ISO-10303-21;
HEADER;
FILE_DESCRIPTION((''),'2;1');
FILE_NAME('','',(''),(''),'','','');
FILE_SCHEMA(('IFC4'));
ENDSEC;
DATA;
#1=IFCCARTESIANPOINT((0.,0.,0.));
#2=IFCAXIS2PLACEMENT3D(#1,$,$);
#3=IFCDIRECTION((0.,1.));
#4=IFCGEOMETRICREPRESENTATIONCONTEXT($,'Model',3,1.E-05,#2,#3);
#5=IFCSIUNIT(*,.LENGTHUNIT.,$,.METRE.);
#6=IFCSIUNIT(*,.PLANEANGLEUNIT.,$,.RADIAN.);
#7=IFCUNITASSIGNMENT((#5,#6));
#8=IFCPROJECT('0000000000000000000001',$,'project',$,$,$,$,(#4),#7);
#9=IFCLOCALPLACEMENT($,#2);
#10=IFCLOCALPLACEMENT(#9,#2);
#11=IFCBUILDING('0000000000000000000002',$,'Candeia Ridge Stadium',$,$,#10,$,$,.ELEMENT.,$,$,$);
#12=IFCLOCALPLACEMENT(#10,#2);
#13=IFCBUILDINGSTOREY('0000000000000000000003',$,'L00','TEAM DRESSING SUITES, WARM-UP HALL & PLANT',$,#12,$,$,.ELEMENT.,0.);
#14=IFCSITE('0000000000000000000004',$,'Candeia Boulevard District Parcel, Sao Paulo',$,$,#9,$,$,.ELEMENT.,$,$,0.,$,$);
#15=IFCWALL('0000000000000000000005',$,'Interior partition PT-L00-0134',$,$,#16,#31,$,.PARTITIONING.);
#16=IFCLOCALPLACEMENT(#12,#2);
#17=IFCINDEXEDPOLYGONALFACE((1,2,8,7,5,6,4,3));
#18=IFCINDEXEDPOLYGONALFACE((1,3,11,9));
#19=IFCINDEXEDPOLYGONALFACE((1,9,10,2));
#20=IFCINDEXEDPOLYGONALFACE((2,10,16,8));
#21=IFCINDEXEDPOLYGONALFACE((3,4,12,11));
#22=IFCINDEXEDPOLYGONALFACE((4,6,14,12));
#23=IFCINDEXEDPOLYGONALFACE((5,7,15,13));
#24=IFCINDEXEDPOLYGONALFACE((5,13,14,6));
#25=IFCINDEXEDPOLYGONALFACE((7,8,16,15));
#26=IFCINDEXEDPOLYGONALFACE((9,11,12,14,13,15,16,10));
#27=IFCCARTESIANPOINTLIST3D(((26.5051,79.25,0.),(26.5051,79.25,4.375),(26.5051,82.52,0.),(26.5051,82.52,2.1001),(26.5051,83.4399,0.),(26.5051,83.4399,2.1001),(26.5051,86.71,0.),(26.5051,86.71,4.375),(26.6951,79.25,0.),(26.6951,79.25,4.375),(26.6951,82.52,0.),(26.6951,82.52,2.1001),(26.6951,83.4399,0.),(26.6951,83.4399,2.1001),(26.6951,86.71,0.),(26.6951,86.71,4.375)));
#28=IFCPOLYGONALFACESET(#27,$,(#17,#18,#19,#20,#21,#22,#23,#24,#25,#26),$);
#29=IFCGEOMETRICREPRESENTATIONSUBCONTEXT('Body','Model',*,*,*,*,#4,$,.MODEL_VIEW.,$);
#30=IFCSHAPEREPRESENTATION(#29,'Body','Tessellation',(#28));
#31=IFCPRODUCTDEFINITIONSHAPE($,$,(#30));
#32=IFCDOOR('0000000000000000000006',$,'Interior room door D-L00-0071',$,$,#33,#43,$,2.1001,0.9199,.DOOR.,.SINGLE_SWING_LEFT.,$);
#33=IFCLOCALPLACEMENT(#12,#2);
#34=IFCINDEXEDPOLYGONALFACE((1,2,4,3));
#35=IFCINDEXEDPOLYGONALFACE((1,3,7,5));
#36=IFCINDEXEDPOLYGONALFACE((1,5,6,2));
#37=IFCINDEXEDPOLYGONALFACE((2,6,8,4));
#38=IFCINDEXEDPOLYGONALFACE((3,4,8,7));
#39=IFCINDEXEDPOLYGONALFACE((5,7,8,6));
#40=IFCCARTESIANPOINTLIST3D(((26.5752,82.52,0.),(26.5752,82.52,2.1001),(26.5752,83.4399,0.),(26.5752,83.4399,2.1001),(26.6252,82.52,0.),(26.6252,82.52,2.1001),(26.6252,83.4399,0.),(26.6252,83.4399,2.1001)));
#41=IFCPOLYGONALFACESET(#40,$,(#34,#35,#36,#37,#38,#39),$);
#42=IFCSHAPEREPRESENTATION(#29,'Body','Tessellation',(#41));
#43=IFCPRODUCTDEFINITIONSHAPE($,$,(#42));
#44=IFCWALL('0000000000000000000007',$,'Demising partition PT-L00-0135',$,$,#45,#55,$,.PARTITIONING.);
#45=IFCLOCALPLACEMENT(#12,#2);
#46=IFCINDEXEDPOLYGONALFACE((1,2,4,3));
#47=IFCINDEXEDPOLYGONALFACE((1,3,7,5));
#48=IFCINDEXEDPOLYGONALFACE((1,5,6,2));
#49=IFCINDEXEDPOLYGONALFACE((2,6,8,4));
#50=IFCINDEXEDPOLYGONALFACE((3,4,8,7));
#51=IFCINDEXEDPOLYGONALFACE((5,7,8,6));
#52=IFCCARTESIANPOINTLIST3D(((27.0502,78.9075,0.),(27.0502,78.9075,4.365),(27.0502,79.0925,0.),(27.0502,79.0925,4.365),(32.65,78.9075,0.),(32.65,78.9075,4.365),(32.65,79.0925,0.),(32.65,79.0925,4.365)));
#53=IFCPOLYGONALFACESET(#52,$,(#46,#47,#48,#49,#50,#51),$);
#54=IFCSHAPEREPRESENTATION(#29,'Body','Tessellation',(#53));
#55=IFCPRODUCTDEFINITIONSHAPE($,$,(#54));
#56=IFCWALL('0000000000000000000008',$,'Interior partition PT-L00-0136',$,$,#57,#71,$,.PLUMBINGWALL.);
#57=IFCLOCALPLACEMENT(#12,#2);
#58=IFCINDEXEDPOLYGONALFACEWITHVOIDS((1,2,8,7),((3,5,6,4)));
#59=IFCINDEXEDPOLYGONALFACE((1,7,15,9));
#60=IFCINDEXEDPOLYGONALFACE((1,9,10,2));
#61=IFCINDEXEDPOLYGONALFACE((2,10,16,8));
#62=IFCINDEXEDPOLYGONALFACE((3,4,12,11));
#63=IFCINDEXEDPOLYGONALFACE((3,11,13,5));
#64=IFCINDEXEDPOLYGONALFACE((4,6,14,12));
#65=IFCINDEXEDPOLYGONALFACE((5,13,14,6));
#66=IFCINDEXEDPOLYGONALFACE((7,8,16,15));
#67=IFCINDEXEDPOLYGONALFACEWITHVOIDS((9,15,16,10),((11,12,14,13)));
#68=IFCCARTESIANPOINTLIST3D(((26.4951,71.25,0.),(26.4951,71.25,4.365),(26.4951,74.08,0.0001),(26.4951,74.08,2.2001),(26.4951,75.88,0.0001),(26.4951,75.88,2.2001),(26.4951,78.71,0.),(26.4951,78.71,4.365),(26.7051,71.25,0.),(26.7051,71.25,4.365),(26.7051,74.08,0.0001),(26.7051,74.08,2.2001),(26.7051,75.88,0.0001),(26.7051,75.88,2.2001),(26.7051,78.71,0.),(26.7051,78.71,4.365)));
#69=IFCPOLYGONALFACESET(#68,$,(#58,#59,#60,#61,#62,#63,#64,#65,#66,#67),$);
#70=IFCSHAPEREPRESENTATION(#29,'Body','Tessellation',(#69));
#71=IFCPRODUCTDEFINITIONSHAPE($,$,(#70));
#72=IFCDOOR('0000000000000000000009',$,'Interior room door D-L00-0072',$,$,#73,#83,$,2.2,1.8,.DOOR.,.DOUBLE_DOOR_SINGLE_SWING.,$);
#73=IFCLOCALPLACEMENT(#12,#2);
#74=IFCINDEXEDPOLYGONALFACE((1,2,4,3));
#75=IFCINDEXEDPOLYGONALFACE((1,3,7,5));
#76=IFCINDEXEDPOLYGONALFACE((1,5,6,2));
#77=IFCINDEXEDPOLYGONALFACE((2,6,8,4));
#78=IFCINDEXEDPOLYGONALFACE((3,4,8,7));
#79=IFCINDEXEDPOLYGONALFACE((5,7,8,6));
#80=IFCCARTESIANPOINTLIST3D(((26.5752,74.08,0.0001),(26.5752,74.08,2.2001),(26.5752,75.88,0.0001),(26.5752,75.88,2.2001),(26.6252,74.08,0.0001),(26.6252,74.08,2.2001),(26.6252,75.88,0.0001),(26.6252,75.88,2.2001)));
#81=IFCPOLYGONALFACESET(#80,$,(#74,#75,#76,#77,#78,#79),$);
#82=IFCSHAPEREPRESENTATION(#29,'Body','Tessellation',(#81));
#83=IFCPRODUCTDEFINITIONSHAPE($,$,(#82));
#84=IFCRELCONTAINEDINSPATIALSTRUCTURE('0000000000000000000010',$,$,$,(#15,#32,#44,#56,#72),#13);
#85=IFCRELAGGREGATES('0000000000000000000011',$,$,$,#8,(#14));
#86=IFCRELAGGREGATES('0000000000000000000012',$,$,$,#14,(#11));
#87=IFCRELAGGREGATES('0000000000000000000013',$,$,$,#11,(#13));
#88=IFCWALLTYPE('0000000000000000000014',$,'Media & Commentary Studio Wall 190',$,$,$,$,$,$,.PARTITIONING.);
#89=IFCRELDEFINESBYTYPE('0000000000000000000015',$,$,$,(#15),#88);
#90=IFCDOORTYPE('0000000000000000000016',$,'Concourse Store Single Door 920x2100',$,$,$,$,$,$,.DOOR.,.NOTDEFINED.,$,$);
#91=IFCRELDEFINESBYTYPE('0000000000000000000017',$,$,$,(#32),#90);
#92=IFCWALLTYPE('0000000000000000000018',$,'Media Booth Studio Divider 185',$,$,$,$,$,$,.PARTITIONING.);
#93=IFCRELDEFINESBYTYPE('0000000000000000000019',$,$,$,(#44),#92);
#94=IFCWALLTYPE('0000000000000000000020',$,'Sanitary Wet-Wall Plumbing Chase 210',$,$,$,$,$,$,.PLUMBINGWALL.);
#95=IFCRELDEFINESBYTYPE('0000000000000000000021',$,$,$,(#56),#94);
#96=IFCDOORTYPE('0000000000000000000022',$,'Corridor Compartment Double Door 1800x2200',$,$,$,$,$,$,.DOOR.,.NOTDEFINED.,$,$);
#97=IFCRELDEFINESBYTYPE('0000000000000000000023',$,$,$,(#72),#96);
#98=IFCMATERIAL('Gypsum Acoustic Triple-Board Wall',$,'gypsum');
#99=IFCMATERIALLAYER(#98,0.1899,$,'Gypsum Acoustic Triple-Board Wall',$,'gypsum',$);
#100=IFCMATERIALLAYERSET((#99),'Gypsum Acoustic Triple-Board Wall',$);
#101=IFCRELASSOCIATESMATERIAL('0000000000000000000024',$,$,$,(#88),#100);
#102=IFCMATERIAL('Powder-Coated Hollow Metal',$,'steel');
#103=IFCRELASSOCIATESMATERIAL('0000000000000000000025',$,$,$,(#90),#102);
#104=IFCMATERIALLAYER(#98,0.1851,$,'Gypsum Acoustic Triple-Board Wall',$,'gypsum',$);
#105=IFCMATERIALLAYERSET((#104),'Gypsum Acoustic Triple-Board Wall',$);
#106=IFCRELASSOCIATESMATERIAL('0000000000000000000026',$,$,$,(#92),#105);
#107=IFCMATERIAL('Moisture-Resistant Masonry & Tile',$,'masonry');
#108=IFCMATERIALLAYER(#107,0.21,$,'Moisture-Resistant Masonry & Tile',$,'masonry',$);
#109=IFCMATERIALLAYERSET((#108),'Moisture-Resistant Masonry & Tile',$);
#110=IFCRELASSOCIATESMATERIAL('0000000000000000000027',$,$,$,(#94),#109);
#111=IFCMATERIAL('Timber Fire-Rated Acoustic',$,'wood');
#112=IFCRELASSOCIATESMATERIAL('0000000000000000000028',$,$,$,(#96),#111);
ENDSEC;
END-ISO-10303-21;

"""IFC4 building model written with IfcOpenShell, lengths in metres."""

from ifc_helpers import new_model, si_unit, direction, frame, frame_2d, origin, place, context, subcontext, project, spatial, rectangle, extrude, material, layer, layer_set, type_object, element, fill, save


model = new_model("IFC4")

# Units and contexts
model_context = context("Model", 3, precision=1e-05, world=origin(), true_north=direction((0.0, 1.0)))
body_context = subcontext(model_context, "Body", "Model", "MODEL_VIEW")
ifc_project = project(units=[si_unit("LENGTHUNIT", "METRE"), si_unit("PLANEANGLEUNIT", "RADIAN")], contexts=[model_context])

# Site, building, storey
site_placement = place(None, origin())
site = spatial("IfcSite", under=ifc_project, at=site_placement, Name="Candeia Boulevard District Parcel, Sao Paulo", CompositionType="ELEMENT", RefElevation=0.0)
building_placement = place(site_placement, origin())
building = spatial("IfcBuilding", under=site, at=building_placement, Name="Candeia Ridge Stadium", CompositionType="ELEMENT")
storey_placement = place(building_placement, origin())
storey = spatial("IfcBuildingStorey", under=building, at=storey_placement, Name="L00", Description="TEAM DRESSING SUITES, WARM-UP HALL & PLANT", CompositionType="ELEMENT", Elevation=0.0)

# Wall, opening, door
ifc_material_1 = material(Name="Gypsum Acoustic Triple-Board Wall", Category="gypsum")
ifc_layer_1 = layer(ifc_material_1, 0.1899, Name="Gypsum Acoustic Triple-Board Wall", Category="gypsum")
ifc_layer_set_1 = layer_set([ifc_layer_1], Name="Gypsum Acoustic Triple-Board Wall")
wall_type_1 = type_object("IfcWallType", Name="Media & Commentary Studio Wall 190", PredefinedType="PARTITIONING", material=ifc_layer_set_1)
wall_1_placement = place(storey_placement, frame((26.6001, 79.25, 0.0), z_axis=(0.0, 0.0, 1.0), x_axis=(0.0, 1.0, 0.0)))
wall_1 = element("IfcWall", 1, at=wall_1_placement, inside=storey, type_object=wall_type_1, Name="Interior partition PT-L00-0134", PredefinedType="PARTITIONING", context=body_context, shape_type="SweptSolid", body=[
    extrude(rectangle(XDim=7.46, YDim=0.1899, at=frame_2d((3.73, 0.0))), origin(), (0.0, 0.0, 1.0), 4.375),
])
opening_1_placement = place(wall_1_placement, frame((3.27, 0.0, 0.0)))
opening_1 = element("IfcOpeningElement", 2, at=opening_1_placement, cuts=wall_1, PredefinedType="OPENING", context=body_context, shape_type="SweptSolid", body=[
    extrude(rectangle(XDim=0.9199, YDim=2.1001, at=frame_2d((0.46, 1.05))), frame((0.0, 0.105, 0.0), z_axis=(0.0, -1.0, 0.0), x_axis=(1.0, 0.0, 0.0)), (0.0, 0.0, 1.0), 0.21),
])
ifc_material_2 = material(Name="Powder-Coated Hollow Metal", Category="steel")
door_type_1 = type_object("IfcDoorType", Name="Concourse Store Single Door 920x2100", OperationType="NOTDEFINED", PredefinedType="DOOR", material=ifc_material_2)
door_1_placement = place(opening_1_placement, origin())
door_1 = element("IfcDoor", 3, at=door_1_placement, inside=storey, type_object=door_type_1, Name="Interior room door D-L00-0071", OperationType="SINGLE_SWING_LEFT", OverallHeight=2.1001, OverallWidth=0.9199, PredefinedType="DOOR", context=body_context, shape_type="SweptSolid", body=[
    extrude(rectangle(XDim=0.9199, YDim=2.1001, at=frame_2d((0.46, 1.05))), frame((0.0, 0.0249, 0.0), z_axis=(0.0, -1.0, 0.0), x_axis=(1.0, 0.0, 0.0)), (0.0, 0.0, 1.0), 0.05),
])
fill(opening_1, door_1)

# Wall
ifc_layer_2 = layer(ifc_material_1, 0.1851, Name="Gypsum Acoustic Triple-Board Wall", Category="gypsum")
ifc_layer_set_2 = layer_set([ifc_layer_2], Name="Gypsum Acoustic Triple-Board Wall")
wall_type_2 = type_object("IfcWallType", Name="Media Booth Studio Divider 185", PredefinedType="PARTITIONING", material=ifc_layer_set_2)
wall_2_placement = place(storey_placement, frame((32.6499, 79.0, 0.0), z_axis=(0.0, 0.0, 1.0), x_axis=(-1.0, 0.0, 0.0)))
element("IfcWall", 4, at=wall_2_placement, inside=storey, type_object=wall_type_2, Name="Demising partition PT-L00-0135", PredefinedType="PARTITIONING", context=body_context, shape_type="SweptSolid", body=[
    extrude(rectangle(XDim=5.5999, YDim=0.1851, at=frame_2d((2.7998, 0.0))), origin(), (0.0, 0.0, 1.0), 4.365),
])

# Wall, opening, door
ifc_material_3 = material(Name="Moisture-Resistant Masonry & Tile", Category="masonry")
ifc_layer_3 = layer(ifc_material_3, 0.21, Name="Moisture-Resistant Masonry & Tile", Category="masonry")
ifc_layer_set_3 = layer_set([ifc_layer_3], Name="Moisture-Resistant Masonry & Tile")
wall_type_3 = type_object("IfcWallType", Name="Sanitary Wet-Wall Plumbing Chase 210", PredefinedType="PLUMBINGWALL", material=ifc_layer_set_3)
wall_3_placement = place(storey_placement, frame((26.6001, 71.25, 0.0), z_axis=(0.0, 0.0, 1.0), x_axis=(0.0, 1.0, 0.0)))
wall_3 = element("IfcWall", 5, at=wall_3_placement, inside=storey, type_object=wall_type_3, Name="Interior partition PT-L00-0136", PredefinedType="PLUMBINGWALL", context=body_context, shape_type="SweptSolid", body=[
    extrude(rectangle(XDim=7.46, YDim=0.21, at=frame_2d((3.73, 0.0))), origin(), (0.0, 0.0, 1.0), 4.365),
])
opening_2_placement = place(wall_3_placement, frame((2.8301, 0.0, 0.0)))
opening_2 = element("IfcOpeningElement", 6, at=opening_2_placement, cuts=wall_3, PredefinedType="OPENING", context=body_context, shape_type="SweptSolid", body=[
    extrude(rectangle(XDim=1.8, YDim=2.2, at=frame_2d((0.8999, 1.1001))), frame((0.0, 0.115, 0.0), z_axis=(0.0, -1.0, 0.0), x_axis=(1.0, 0.0, 0.0)), (0.0, 0.0, 1.0), 0.23),
])
ifc_material_4 = material(Name="Timber Fire-Rated Acoustic", Category="wood")
door_type_2 = type_object("IfcDoorType", Name="Corridor Compartment Double Door 1800x2200", OperationType="NOTDEFINED", PredefinedType="DOOR", material=ifc_material_4)
door_2_placement = place(opening_2_placement, origin())
door_2 = element("IfcDoor", 7, at=door_2_placement, inside=storey, type_object=door_type_2, Name="Interior room door D-L00-0072", OperationType="DOUBLE_DOOR_SINGLE_SWING", OverallHeight=2.2, OverallWidth=1.8, PredefinedType="DOOR", context=body_context, shape_type="SweptSolid", body=[
    extrude(rectangle(XDim=1.8, YDim=2.2, at=frame_2d((0.8999, 1.1001))), frame((0.0, 0.0249, 0.0), z_axis=(0.0, -1.0, 0.0), x_axis=(1.0, 0.0, 0.0)), (0.0, 0.0, 1.0), 0.05),
])
fill(opening_2, door_2)

save(model, "model.ifc")
